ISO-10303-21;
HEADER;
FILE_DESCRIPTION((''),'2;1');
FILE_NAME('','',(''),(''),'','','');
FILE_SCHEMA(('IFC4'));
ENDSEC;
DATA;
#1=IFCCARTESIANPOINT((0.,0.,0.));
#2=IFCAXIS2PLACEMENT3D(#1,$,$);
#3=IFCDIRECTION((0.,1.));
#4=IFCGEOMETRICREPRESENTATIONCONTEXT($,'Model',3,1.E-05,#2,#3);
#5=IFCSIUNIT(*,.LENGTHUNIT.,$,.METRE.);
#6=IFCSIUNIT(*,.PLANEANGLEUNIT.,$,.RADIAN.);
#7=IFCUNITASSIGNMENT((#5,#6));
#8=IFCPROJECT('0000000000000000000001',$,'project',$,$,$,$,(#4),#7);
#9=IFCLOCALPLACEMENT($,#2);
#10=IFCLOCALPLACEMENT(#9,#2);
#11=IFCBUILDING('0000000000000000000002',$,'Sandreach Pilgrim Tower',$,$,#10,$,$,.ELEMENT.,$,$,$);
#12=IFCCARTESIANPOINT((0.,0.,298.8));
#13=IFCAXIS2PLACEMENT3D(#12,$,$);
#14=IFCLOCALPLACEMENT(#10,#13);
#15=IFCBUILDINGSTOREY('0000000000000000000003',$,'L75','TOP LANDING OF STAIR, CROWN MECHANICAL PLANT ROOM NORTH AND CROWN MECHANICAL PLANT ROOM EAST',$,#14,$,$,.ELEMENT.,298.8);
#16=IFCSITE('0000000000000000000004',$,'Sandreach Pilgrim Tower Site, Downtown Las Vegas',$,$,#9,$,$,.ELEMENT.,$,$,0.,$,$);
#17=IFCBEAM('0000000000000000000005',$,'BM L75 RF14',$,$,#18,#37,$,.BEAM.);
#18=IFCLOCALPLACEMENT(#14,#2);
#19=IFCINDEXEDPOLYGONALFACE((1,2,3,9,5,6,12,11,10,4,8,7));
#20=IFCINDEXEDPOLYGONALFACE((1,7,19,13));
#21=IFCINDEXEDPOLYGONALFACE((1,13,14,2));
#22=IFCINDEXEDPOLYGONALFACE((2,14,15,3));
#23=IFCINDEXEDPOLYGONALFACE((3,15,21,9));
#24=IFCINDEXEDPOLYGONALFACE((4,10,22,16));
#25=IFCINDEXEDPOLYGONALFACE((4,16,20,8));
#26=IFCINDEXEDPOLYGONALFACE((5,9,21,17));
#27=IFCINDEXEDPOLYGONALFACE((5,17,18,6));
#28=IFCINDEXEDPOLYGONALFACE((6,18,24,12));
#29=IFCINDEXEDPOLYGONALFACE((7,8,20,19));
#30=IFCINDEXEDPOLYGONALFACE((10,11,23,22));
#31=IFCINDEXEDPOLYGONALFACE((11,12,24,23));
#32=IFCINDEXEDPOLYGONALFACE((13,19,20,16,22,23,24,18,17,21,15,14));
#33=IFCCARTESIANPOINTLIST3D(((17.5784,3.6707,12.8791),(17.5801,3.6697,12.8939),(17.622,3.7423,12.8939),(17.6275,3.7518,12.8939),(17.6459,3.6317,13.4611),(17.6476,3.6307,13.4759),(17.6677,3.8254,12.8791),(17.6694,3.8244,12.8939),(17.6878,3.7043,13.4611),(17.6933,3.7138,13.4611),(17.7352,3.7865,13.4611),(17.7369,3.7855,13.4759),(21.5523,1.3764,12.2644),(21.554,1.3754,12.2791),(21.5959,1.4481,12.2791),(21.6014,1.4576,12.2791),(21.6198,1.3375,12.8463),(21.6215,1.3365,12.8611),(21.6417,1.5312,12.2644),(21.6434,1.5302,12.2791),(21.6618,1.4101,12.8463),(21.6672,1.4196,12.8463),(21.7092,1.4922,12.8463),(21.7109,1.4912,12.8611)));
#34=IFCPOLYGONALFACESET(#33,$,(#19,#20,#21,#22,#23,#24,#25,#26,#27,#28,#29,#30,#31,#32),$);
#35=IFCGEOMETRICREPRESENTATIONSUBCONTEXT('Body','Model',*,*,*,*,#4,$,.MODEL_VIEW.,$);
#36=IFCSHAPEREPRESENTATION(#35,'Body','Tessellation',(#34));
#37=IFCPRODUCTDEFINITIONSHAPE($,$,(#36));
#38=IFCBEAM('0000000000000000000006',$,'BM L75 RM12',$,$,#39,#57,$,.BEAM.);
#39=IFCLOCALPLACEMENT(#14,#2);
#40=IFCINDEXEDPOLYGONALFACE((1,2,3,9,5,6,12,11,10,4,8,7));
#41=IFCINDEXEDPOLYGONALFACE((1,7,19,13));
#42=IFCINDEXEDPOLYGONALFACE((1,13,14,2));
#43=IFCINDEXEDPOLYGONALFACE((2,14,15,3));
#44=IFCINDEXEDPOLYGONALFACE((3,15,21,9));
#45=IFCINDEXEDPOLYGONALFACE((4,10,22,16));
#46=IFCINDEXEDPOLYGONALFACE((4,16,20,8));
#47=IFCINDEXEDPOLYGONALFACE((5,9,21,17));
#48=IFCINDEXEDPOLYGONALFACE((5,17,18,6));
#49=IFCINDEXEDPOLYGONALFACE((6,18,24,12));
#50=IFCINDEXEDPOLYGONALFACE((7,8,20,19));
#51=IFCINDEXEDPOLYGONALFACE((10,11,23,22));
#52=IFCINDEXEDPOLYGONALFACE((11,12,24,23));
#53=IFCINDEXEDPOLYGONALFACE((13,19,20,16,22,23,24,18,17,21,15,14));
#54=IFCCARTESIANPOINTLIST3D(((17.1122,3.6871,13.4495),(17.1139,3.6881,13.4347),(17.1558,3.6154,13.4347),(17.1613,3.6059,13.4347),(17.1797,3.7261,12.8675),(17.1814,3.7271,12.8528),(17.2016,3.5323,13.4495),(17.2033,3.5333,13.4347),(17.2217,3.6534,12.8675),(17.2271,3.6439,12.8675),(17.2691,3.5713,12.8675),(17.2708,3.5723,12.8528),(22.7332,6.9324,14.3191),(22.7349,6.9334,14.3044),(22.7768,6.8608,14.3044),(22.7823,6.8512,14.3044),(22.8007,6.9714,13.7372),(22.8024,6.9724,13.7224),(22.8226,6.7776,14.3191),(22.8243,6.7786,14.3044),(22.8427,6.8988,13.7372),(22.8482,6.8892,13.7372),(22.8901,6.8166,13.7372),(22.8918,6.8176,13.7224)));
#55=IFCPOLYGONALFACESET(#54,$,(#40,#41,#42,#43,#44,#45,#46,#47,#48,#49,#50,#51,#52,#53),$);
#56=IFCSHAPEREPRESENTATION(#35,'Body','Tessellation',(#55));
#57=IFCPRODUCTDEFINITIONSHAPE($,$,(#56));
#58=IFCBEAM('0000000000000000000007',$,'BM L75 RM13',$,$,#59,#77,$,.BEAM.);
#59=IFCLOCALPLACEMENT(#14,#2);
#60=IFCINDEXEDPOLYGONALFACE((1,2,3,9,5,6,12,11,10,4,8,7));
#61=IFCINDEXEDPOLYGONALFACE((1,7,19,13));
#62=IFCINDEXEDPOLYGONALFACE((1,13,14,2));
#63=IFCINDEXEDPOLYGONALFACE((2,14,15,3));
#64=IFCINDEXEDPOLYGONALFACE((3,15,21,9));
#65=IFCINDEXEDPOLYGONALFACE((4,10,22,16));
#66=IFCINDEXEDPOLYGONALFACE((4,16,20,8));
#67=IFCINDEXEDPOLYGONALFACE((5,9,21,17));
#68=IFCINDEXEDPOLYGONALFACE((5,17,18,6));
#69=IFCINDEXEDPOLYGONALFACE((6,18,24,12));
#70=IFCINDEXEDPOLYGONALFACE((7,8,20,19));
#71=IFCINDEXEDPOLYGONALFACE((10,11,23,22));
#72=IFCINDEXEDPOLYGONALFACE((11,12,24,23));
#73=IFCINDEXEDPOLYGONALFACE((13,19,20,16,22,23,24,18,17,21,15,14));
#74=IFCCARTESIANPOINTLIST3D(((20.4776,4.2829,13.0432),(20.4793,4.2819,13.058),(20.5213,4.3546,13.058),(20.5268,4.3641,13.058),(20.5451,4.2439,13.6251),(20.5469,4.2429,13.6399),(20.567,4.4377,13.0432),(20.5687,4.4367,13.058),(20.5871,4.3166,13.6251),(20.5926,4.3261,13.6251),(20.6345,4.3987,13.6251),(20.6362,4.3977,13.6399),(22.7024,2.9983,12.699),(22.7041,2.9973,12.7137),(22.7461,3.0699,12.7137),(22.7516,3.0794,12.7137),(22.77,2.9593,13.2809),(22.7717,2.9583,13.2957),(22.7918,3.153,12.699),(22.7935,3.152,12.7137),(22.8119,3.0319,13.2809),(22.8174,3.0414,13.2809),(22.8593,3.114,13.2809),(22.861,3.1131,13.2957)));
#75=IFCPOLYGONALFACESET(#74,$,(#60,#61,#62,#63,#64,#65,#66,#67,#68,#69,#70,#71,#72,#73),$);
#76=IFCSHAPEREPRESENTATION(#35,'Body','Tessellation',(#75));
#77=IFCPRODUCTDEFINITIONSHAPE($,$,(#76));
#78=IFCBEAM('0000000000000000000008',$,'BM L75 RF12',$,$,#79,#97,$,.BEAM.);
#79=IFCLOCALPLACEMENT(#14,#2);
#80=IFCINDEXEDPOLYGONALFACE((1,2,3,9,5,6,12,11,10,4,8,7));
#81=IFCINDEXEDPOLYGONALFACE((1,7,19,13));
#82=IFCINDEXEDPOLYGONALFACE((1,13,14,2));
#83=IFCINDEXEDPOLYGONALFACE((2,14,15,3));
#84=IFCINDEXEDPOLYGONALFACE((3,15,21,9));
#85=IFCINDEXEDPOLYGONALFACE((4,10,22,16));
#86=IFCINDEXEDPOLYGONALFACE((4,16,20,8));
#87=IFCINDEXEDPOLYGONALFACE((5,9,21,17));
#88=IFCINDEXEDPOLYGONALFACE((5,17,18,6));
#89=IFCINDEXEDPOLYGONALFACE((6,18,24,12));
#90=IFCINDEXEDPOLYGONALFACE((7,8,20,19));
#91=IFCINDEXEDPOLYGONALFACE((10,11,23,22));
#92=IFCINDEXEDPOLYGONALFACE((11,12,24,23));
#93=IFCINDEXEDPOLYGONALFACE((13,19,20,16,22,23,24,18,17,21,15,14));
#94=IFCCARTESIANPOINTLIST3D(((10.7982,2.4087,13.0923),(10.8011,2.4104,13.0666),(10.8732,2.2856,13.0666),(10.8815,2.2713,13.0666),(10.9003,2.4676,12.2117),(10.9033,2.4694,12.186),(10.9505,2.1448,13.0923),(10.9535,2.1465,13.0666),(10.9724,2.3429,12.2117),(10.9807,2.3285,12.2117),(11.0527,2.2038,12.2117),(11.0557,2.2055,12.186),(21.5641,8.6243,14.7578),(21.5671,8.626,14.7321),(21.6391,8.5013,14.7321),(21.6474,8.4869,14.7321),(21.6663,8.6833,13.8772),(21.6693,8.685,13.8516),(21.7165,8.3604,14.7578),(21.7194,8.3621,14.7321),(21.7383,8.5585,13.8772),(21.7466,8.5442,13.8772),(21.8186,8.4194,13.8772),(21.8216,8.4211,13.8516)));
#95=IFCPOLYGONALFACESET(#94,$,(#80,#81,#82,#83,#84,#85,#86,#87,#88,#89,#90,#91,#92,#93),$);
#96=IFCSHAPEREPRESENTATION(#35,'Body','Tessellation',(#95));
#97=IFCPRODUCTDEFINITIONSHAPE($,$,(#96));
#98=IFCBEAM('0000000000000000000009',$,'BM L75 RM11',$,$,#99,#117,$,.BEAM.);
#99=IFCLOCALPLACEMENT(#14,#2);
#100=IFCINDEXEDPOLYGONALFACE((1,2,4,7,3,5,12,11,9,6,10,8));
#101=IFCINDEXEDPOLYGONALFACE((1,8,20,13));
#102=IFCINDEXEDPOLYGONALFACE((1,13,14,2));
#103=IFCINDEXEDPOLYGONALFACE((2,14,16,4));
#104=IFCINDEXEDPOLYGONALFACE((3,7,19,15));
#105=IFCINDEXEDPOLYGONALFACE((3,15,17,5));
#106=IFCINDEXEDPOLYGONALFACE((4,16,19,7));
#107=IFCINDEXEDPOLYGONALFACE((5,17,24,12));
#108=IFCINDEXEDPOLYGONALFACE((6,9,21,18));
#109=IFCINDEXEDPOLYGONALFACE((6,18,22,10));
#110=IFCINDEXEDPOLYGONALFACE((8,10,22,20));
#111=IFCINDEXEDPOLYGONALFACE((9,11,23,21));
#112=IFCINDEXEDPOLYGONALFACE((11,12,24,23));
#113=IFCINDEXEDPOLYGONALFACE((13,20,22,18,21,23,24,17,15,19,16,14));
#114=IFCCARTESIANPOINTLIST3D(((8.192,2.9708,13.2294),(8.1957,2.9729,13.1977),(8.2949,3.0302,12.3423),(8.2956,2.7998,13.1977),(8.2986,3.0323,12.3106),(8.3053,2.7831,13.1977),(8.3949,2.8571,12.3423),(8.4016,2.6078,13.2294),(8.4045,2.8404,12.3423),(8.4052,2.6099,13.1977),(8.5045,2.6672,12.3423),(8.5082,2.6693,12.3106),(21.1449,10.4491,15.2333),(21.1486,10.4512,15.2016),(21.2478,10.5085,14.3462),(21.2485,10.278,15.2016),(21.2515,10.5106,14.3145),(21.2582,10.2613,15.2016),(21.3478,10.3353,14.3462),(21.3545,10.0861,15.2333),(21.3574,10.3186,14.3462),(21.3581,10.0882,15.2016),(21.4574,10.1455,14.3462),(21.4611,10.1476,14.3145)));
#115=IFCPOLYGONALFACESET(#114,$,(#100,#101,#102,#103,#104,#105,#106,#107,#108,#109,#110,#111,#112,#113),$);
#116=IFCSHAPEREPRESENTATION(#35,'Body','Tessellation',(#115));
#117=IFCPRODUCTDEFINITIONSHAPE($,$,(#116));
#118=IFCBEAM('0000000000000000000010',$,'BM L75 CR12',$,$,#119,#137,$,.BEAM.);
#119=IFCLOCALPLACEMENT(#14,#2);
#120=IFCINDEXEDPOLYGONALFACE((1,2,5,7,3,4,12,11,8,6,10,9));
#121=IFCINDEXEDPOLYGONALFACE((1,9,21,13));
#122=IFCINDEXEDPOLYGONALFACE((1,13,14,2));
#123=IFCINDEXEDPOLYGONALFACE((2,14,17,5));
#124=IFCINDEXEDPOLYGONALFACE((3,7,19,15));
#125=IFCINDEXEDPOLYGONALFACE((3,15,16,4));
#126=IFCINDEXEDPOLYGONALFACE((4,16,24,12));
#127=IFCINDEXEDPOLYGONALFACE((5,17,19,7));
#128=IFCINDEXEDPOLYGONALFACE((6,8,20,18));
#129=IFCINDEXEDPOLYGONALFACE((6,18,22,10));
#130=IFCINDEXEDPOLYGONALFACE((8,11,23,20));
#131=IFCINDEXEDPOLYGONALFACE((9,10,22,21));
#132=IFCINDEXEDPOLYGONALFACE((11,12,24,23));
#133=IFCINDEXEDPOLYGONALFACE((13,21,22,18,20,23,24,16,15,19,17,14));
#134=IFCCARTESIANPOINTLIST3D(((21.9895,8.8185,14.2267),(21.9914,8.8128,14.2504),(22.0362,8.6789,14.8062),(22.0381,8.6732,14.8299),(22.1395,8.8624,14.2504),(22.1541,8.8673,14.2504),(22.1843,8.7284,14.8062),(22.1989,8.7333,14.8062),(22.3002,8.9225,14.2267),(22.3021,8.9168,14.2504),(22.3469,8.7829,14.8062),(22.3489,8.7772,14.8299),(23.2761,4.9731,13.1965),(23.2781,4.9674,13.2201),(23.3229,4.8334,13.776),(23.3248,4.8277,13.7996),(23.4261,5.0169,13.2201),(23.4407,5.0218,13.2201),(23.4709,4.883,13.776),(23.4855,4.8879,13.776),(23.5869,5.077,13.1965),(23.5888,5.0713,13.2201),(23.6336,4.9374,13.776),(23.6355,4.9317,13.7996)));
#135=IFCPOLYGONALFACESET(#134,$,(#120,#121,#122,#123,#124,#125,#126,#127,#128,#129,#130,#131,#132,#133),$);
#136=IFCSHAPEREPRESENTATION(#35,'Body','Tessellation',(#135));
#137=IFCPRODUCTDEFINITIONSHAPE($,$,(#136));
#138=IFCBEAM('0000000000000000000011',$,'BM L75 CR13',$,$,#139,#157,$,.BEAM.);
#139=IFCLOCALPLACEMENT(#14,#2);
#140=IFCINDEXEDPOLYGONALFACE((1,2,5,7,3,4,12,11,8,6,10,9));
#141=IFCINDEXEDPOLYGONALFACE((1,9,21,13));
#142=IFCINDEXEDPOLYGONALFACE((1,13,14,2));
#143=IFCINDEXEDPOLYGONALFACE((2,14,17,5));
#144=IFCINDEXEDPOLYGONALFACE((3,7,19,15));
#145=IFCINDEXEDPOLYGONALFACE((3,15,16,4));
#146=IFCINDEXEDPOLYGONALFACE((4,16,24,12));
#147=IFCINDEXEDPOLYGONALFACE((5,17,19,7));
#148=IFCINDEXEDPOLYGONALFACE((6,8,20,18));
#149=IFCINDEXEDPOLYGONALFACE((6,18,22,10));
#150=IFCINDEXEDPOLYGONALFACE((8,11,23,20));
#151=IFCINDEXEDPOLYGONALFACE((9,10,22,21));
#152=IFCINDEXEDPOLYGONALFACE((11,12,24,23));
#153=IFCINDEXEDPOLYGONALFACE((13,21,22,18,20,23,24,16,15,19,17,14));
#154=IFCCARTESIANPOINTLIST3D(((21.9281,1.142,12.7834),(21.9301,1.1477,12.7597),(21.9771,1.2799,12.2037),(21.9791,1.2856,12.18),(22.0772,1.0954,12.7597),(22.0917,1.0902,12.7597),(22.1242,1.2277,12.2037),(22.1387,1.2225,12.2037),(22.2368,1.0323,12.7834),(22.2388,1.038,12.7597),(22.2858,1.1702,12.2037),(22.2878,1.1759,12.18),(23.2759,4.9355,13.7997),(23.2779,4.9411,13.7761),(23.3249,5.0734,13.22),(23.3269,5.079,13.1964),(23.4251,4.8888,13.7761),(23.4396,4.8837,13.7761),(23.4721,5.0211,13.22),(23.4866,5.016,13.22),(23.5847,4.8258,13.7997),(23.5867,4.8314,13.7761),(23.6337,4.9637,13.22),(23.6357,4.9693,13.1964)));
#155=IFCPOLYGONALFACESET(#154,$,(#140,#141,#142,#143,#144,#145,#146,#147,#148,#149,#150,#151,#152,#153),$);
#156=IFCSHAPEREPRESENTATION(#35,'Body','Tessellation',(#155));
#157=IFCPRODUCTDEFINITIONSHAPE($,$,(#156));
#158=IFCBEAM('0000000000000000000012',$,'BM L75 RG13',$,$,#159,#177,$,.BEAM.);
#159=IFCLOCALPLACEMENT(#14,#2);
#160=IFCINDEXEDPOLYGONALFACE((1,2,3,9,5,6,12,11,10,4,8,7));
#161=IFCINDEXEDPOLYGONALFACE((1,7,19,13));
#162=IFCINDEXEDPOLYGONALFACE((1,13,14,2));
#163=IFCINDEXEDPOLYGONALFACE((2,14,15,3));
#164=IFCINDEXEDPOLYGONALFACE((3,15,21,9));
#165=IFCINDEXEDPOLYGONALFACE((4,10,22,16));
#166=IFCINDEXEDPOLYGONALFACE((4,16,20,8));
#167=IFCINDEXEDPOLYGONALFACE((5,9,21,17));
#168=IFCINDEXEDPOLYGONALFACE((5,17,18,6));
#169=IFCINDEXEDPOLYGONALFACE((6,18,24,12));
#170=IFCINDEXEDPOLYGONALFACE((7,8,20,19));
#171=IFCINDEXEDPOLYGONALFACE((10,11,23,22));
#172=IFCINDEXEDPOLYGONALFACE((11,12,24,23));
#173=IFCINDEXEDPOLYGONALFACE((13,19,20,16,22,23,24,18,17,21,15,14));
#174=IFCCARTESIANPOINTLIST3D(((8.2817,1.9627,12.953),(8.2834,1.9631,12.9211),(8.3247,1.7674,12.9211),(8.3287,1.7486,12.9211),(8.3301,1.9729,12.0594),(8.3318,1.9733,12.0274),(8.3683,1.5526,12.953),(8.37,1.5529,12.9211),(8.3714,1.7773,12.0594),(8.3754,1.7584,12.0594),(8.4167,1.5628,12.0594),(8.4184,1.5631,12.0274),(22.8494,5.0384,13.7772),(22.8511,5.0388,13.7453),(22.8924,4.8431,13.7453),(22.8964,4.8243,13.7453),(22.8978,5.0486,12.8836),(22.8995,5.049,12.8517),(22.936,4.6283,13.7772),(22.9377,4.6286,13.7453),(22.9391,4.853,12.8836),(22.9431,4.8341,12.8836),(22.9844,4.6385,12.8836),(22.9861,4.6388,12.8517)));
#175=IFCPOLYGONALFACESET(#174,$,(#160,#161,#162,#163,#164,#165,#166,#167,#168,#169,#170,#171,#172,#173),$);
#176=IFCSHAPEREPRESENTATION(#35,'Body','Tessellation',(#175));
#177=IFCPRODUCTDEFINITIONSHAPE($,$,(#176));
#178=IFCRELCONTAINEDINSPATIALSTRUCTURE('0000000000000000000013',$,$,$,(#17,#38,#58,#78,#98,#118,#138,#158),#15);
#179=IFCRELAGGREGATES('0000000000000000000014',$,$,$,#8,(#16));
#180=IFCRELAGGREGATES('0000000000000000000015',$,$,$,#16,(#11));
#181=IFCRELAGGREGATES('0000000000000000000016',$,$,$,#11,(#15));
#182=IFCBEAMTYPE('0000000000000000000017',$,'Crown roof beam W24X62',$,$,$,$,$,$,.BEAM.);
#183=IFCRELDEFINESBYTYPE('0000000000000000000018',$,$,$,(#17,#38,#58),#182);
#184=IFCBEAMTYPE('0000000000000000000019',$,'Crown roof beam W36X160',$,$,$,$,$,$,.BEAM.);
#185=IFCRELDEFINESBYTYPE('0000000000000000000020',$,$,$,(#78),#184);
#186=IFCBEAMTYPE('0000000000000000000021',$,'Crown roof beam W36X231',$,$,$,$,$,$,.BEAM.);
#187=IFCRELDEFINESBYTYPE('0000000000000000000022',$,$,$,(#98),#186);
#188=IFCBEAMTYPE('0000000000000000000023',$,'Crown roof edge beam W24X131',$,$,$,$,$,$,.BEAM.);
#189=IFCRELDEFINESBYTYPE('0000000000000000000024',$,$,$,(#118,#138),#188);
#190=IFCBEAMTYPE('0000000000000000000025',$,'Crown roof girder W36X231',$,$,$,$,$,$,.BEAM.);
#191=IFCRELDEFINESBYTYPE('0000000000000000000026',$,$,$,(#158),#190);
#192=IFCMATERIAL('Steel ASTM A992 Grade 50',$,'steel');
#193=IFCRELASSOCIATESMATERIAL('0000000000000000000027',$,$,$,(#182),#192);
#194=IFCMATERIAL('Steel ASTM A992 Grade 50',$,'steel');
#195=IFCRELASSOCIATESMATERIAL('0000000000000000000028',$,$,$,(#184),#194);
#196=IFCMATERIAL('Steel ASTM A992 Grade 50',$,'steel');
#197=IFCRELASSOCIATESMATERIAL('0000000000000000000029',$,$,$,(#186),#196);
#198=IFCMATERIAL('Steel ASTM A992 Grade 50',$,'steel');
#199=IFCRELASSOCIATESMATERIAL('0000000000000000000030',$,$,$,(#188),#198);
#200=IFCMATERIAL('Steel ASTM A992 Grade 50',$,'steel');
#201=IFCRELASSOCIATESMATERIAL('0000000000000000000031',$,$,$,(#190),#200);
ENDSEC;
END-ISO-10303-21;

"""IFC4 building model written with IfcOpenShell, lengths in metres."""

from ifc_helpers import new_model, si_unit, direction, frame, origin, origin_2d, place, context, subcontext, project, spatial, i_section, extrude, material, material_profile, profile_set, type_object, element, save


model = new_model("IFC4")

# Units and contexts
model_context = context("Model", 3, precision=1e-05, world=origin(), true_north=direction((0.0, 1.0)))
body_context = subcontext(model_context, "Body", "Model", "MODEL_VIEW")
ifc_project = project(units=[si_unit("LENGTHUNIT", "METRE"), si_unit("PLANEANGLEUNIT", "RADIAN")], contexts=[model_context])

# Site, building, storey
site_placement = place(None, origin())
site = spatial("IfcSite", under=ifc_project, at=site_placement, Name="Sandreach Pilgrim Tower Site, Downtown Las Vegas", CompositionType="ELEMENT", RefElevation=0.0)
building_placement = place(site_placement, origin())
building = spatial("IfcBuilding", under=site, at=building_placement, Name="Sandreach Pilgrim Tower", CompositionType="ELEMENT")
storey_placement = place(building_placement, frame((0.0, 0.0, 298.8)))
storey = spatial("IfcBuildingStorey", under=building, at=storey_placement, Name="L75", Description="TOP LANDING OF STAIR, CROWN MECHANICAL PLANT ROOM NORTH AND CROWN MECHANICAL PLANT ROOM EAST", CompositionType="ELEMENT", Elevation=298.8)

# Beams
ifc_material_1 = material(Name="Steel ASTM A992 Grade 50", Category="steel")
ifc_material_profile_1 = material_profile(ifc_material_1, i_section(OverallWidth=0.1787, OverallDepth=0.6021, WebThickness=0.011, FlangeThickness=0.0149, at=origin_2d()), Name="W24X62")
ifc_profile_set_1 = profile_set([ifc_material_profile_1], Name="Steel ASTM A992 Grade 50")
beam_type_1 = type_object("IfcBeamType", Name="Crown roof beam W24X62", PredefinedType="BEAM", material=ifc_profile_set_1)
beam_1_placement = place(storey_placement, frame((21.6316, 1.4338, 12.5627), z_axis=(-0.858369, 0.495551, 0.132787), x_axis=(-0.499979, -0.866038, 0.0)))
element("IfcBeam", 1, at=beam_1_placement, inside=storey, type_object=beam_type_1, Name="BM L75 RF14", PredefinedType="BEAM", context=body_context, shape_type="SweptSolid", body=[
    extrude(i_section(OverallWidth=0.1787, OverallDepth=0.6021, WebThickness=0.011, FlangeThickness=0.0149, at=origin_2d()), origin(), (0.0, 0.0, 1.0), 4.6296),
])
beam_2_placement = place(storey_placement, frame((22.8125, 6.875, 14.0208), z_axis=(-0.858354, -0.495574, -0.132794), x_axis=(0.500002, -0.866024, 0.0)))
element("IfcBeam", 2, at=beam_2_placement, inside=storey, type_object=beam_type_1, Name="BM L75 RM12", PredefinedType="BEAM", context=body_context, shape_type="SweptSolid", body=[
    extrude(i_section(OverallWidth=0.1787, OverallDepth=0.6021, WebThickness=0.011, FlangeThickness=0.0149, at=origin_2d()), origin(), (0.0, 0.0, 1.0), 6.5486),
])
beam_3_placement = place(storey_placement, frame((22.7817, 3.0557, 12.9973), z_axis=(-0.85833, 0.495614, 0.132804), x_axis=(-0.500043, -0.866, 0.0)))
element("IfcBeam", 3, at=beam_3_placement, inside=storey, type_object=beam_type_1, Name="BM L75 RM13", PredefinedType="BEAM", context=body_context, shape_type="SweptSolid", body=[
    extrude(i_section(OverallWidth=0.1787, OverallDepth=0.6021, WebThickness=0.011, FlangeThickness=0.0149, at=origin_2d()), origin(), (0.0, 0.0, 1.0), 2.592),
])
ifc_material_2 = material(Name="Steel ASTM A992 Grade 50", Category="steel")
ifc_material_profile_2 = material_profile(ifc_material_2, i_section(OverallWidth=0.3047, OverallDepth=0.9143, WebThickness=0.0166, FlangeThickness=0.0259, at=origin_2d()), Name="W36X160")
ifc_profile_set_2 = profile_set([ifc_material_profile_2], Name="Steel ASTM A992 Grade 50")
beam_type_2 = type_object("IfcBeamType", Name="Crown roof beam W36X160", PredefinedType="BEAM", material=ifc_profile_set_2)
beam_4_placement = place(storey_placement, frame((21.6929, 8.5227, 14.3047), z_axis=(-0.858359, -0.495566, -0.132792), x_axis=(0.499994, -0.866029, 0.0)))
element("IfcBeam", 4, at=beam_4_placement, inside=storey, type_object=beam_type_2, Name="BM L75 RF12", PredefinedType="BEAM", context=body_context, shape_type="SweptSolid", body=[
    extrude(i_section(OverallWidth=0.3047, OverallDepth=0.9143, WebThickness=0.0166, FlangeThickness=0.0259, at=origin_2d()), origin(), (0.0, 0.0, 1.0), 12.5425),
])
ifc_material_3 = material(Name="Steel ASTM A992 Grade 50", Category="steel")
ifc_material_profile_3 = material_profile(ifc_material_3, i_section(OverallWidth=0.4192, OverallDepth=0.927, WebThickness=0.0193, FlangeThickness=0.032, at=origin_2d()), Name="W36X231")
ifc_profile_set_3 = profile_set([ifc_material_profile_3], Name="Steel ASTM A992 Grade 50")
beam_type_3 = type_object("IfcBeamType", Name="Crown roof beam W36X231", PredefinedType="BEAM", material=ifc_profile_set_3)
beam_5_placement = place(storey_placement, frame((21.303, 10.2983, 14.7739), z_axis=(-0.858358, -0.495568, -0.132794), x_axis=(0.499996, -0.866028, 0.0)))
element("IfcBeam", 5, at=beam_5_placement, inside=storey, type_object=beam_type_3, Name="BM L75 RM11", PredefinedType="BEAM", context=body_context, shape_type="SweptSolid", body=[
    extrude(i_section(OverallWidth=0.4192, OverallDepth=0.927, WebThickness=0.0193, FlangeThickness=0.032, at=origin_2d()), origin(), (0.0, 0.0, 1.0), 15.0903),
])
ifc_material_4 = material(Name="Steel ASTM A992 Grade 50", Category="steel")
ifc_material_profile_4 = material_profile(ifc_material_4, i_section(OverallWidth=0.3276, OverallDepth=0.6223, WebThickness=0.0154, FlangeThickness=0.0244, at=origin_2d()), Name="W24X131")
ifc_profile_set_4 = profile_set([ifc_material_profile_4], Name="Steel ASTM A992 Grade 50")
beam_type_4 = type_object("IfcBeamType", Name="Crown roof edge beam W24X131", PredefinedType="BEAM", material=ifc_profile_set_4)
beam_6_placement = place(storey_placement, frame((22.1692, 8.7979, 14.5283), z_axis=(0.307523, -0.919125, -0.246251), x_axis=(0.948327, 0.317293, 0.0)))
element("IfcBeam", 6, at=beam_6_placement, inside=storey, type_object=beam_type_4, Name="BM L75 CR12", PredefinedType="BEAM", context=body_context, shape_type="SweptSolid", body=[
    extrude(i_section(OverallWidth=0.3276, OverallDepth=0.6223, WebThickness=0.0154, FlangeThickness=0.0244, at=origin_2d()), origin(), (0.0, 0.0, 1.0), 4.1838),
])
beam_7_placement = place(storey_placement, frame((23.4558, 4.9524, 13.498), z_axis=(-0.324629, -0.913618, -0.24478), x_axis=(0.942284, -0.334815, 0.0)))
element("IfcBeam", 7, at=beam_7_placement, inside=storey, type_object=beam_type_4, Name="BM L75 CR13", PredefinedType="BEAM", context=body_context, shape_type="SweptSolid", body=[
    extrude(i_section(OverallWidth=0.3276, OverallDepth=0.6223, WebThickness=0.0154, FlangeThickness=0.0244, at=origin_2d()), origin(), (0.0, 0.0, 1.0), 4.1521),
])
ifc_material_5 = material(Name="Steel ASTM A992 Grade 50", Category="steel")
ifc_material_profile_5 = material_profile(ifc_material_5, i_section(OverallWidth=0.4192, OverallDepth=0.927, WebThickness=0.0193, FlangeThickness=0.032, at=origin_2d()), Name="W36X231")
ifc_profile_set_5 = profile_set([ifc_material_profile_5], Name="Steel ASTM A992 Grade 50")
beam_type_5 = type_object("IfcBeamType", Name="Crown roof girder W36X231", PredefinedType="BEAM", material=ifc_profile_set_5)
beam_8_placement = place(storey_placement, frame((22.9177, 4.8386, 13.3145), z_axis=(-0.976934, -0.206262, -0.055274), x_axis=(0.206577, -0.97843, 0.0)))
element("IfcBeam", 8, at=beam_8_placement, inside=storey, type_object=beam_type_5, Name="BM L75 RG13", PredefinedType="BEAM", context=body_context, shape_type="SweptSolid", body=[
    extrude(i_section(OverallWidth=0.4192, OverallDepth=0.927, WebThickness=0.0193, FlangeThickness=0.032, at=origin_2d()), origin(), (0.0, 0.0, 1.0), 14.9116),
])

save(model, "model.ifc")
